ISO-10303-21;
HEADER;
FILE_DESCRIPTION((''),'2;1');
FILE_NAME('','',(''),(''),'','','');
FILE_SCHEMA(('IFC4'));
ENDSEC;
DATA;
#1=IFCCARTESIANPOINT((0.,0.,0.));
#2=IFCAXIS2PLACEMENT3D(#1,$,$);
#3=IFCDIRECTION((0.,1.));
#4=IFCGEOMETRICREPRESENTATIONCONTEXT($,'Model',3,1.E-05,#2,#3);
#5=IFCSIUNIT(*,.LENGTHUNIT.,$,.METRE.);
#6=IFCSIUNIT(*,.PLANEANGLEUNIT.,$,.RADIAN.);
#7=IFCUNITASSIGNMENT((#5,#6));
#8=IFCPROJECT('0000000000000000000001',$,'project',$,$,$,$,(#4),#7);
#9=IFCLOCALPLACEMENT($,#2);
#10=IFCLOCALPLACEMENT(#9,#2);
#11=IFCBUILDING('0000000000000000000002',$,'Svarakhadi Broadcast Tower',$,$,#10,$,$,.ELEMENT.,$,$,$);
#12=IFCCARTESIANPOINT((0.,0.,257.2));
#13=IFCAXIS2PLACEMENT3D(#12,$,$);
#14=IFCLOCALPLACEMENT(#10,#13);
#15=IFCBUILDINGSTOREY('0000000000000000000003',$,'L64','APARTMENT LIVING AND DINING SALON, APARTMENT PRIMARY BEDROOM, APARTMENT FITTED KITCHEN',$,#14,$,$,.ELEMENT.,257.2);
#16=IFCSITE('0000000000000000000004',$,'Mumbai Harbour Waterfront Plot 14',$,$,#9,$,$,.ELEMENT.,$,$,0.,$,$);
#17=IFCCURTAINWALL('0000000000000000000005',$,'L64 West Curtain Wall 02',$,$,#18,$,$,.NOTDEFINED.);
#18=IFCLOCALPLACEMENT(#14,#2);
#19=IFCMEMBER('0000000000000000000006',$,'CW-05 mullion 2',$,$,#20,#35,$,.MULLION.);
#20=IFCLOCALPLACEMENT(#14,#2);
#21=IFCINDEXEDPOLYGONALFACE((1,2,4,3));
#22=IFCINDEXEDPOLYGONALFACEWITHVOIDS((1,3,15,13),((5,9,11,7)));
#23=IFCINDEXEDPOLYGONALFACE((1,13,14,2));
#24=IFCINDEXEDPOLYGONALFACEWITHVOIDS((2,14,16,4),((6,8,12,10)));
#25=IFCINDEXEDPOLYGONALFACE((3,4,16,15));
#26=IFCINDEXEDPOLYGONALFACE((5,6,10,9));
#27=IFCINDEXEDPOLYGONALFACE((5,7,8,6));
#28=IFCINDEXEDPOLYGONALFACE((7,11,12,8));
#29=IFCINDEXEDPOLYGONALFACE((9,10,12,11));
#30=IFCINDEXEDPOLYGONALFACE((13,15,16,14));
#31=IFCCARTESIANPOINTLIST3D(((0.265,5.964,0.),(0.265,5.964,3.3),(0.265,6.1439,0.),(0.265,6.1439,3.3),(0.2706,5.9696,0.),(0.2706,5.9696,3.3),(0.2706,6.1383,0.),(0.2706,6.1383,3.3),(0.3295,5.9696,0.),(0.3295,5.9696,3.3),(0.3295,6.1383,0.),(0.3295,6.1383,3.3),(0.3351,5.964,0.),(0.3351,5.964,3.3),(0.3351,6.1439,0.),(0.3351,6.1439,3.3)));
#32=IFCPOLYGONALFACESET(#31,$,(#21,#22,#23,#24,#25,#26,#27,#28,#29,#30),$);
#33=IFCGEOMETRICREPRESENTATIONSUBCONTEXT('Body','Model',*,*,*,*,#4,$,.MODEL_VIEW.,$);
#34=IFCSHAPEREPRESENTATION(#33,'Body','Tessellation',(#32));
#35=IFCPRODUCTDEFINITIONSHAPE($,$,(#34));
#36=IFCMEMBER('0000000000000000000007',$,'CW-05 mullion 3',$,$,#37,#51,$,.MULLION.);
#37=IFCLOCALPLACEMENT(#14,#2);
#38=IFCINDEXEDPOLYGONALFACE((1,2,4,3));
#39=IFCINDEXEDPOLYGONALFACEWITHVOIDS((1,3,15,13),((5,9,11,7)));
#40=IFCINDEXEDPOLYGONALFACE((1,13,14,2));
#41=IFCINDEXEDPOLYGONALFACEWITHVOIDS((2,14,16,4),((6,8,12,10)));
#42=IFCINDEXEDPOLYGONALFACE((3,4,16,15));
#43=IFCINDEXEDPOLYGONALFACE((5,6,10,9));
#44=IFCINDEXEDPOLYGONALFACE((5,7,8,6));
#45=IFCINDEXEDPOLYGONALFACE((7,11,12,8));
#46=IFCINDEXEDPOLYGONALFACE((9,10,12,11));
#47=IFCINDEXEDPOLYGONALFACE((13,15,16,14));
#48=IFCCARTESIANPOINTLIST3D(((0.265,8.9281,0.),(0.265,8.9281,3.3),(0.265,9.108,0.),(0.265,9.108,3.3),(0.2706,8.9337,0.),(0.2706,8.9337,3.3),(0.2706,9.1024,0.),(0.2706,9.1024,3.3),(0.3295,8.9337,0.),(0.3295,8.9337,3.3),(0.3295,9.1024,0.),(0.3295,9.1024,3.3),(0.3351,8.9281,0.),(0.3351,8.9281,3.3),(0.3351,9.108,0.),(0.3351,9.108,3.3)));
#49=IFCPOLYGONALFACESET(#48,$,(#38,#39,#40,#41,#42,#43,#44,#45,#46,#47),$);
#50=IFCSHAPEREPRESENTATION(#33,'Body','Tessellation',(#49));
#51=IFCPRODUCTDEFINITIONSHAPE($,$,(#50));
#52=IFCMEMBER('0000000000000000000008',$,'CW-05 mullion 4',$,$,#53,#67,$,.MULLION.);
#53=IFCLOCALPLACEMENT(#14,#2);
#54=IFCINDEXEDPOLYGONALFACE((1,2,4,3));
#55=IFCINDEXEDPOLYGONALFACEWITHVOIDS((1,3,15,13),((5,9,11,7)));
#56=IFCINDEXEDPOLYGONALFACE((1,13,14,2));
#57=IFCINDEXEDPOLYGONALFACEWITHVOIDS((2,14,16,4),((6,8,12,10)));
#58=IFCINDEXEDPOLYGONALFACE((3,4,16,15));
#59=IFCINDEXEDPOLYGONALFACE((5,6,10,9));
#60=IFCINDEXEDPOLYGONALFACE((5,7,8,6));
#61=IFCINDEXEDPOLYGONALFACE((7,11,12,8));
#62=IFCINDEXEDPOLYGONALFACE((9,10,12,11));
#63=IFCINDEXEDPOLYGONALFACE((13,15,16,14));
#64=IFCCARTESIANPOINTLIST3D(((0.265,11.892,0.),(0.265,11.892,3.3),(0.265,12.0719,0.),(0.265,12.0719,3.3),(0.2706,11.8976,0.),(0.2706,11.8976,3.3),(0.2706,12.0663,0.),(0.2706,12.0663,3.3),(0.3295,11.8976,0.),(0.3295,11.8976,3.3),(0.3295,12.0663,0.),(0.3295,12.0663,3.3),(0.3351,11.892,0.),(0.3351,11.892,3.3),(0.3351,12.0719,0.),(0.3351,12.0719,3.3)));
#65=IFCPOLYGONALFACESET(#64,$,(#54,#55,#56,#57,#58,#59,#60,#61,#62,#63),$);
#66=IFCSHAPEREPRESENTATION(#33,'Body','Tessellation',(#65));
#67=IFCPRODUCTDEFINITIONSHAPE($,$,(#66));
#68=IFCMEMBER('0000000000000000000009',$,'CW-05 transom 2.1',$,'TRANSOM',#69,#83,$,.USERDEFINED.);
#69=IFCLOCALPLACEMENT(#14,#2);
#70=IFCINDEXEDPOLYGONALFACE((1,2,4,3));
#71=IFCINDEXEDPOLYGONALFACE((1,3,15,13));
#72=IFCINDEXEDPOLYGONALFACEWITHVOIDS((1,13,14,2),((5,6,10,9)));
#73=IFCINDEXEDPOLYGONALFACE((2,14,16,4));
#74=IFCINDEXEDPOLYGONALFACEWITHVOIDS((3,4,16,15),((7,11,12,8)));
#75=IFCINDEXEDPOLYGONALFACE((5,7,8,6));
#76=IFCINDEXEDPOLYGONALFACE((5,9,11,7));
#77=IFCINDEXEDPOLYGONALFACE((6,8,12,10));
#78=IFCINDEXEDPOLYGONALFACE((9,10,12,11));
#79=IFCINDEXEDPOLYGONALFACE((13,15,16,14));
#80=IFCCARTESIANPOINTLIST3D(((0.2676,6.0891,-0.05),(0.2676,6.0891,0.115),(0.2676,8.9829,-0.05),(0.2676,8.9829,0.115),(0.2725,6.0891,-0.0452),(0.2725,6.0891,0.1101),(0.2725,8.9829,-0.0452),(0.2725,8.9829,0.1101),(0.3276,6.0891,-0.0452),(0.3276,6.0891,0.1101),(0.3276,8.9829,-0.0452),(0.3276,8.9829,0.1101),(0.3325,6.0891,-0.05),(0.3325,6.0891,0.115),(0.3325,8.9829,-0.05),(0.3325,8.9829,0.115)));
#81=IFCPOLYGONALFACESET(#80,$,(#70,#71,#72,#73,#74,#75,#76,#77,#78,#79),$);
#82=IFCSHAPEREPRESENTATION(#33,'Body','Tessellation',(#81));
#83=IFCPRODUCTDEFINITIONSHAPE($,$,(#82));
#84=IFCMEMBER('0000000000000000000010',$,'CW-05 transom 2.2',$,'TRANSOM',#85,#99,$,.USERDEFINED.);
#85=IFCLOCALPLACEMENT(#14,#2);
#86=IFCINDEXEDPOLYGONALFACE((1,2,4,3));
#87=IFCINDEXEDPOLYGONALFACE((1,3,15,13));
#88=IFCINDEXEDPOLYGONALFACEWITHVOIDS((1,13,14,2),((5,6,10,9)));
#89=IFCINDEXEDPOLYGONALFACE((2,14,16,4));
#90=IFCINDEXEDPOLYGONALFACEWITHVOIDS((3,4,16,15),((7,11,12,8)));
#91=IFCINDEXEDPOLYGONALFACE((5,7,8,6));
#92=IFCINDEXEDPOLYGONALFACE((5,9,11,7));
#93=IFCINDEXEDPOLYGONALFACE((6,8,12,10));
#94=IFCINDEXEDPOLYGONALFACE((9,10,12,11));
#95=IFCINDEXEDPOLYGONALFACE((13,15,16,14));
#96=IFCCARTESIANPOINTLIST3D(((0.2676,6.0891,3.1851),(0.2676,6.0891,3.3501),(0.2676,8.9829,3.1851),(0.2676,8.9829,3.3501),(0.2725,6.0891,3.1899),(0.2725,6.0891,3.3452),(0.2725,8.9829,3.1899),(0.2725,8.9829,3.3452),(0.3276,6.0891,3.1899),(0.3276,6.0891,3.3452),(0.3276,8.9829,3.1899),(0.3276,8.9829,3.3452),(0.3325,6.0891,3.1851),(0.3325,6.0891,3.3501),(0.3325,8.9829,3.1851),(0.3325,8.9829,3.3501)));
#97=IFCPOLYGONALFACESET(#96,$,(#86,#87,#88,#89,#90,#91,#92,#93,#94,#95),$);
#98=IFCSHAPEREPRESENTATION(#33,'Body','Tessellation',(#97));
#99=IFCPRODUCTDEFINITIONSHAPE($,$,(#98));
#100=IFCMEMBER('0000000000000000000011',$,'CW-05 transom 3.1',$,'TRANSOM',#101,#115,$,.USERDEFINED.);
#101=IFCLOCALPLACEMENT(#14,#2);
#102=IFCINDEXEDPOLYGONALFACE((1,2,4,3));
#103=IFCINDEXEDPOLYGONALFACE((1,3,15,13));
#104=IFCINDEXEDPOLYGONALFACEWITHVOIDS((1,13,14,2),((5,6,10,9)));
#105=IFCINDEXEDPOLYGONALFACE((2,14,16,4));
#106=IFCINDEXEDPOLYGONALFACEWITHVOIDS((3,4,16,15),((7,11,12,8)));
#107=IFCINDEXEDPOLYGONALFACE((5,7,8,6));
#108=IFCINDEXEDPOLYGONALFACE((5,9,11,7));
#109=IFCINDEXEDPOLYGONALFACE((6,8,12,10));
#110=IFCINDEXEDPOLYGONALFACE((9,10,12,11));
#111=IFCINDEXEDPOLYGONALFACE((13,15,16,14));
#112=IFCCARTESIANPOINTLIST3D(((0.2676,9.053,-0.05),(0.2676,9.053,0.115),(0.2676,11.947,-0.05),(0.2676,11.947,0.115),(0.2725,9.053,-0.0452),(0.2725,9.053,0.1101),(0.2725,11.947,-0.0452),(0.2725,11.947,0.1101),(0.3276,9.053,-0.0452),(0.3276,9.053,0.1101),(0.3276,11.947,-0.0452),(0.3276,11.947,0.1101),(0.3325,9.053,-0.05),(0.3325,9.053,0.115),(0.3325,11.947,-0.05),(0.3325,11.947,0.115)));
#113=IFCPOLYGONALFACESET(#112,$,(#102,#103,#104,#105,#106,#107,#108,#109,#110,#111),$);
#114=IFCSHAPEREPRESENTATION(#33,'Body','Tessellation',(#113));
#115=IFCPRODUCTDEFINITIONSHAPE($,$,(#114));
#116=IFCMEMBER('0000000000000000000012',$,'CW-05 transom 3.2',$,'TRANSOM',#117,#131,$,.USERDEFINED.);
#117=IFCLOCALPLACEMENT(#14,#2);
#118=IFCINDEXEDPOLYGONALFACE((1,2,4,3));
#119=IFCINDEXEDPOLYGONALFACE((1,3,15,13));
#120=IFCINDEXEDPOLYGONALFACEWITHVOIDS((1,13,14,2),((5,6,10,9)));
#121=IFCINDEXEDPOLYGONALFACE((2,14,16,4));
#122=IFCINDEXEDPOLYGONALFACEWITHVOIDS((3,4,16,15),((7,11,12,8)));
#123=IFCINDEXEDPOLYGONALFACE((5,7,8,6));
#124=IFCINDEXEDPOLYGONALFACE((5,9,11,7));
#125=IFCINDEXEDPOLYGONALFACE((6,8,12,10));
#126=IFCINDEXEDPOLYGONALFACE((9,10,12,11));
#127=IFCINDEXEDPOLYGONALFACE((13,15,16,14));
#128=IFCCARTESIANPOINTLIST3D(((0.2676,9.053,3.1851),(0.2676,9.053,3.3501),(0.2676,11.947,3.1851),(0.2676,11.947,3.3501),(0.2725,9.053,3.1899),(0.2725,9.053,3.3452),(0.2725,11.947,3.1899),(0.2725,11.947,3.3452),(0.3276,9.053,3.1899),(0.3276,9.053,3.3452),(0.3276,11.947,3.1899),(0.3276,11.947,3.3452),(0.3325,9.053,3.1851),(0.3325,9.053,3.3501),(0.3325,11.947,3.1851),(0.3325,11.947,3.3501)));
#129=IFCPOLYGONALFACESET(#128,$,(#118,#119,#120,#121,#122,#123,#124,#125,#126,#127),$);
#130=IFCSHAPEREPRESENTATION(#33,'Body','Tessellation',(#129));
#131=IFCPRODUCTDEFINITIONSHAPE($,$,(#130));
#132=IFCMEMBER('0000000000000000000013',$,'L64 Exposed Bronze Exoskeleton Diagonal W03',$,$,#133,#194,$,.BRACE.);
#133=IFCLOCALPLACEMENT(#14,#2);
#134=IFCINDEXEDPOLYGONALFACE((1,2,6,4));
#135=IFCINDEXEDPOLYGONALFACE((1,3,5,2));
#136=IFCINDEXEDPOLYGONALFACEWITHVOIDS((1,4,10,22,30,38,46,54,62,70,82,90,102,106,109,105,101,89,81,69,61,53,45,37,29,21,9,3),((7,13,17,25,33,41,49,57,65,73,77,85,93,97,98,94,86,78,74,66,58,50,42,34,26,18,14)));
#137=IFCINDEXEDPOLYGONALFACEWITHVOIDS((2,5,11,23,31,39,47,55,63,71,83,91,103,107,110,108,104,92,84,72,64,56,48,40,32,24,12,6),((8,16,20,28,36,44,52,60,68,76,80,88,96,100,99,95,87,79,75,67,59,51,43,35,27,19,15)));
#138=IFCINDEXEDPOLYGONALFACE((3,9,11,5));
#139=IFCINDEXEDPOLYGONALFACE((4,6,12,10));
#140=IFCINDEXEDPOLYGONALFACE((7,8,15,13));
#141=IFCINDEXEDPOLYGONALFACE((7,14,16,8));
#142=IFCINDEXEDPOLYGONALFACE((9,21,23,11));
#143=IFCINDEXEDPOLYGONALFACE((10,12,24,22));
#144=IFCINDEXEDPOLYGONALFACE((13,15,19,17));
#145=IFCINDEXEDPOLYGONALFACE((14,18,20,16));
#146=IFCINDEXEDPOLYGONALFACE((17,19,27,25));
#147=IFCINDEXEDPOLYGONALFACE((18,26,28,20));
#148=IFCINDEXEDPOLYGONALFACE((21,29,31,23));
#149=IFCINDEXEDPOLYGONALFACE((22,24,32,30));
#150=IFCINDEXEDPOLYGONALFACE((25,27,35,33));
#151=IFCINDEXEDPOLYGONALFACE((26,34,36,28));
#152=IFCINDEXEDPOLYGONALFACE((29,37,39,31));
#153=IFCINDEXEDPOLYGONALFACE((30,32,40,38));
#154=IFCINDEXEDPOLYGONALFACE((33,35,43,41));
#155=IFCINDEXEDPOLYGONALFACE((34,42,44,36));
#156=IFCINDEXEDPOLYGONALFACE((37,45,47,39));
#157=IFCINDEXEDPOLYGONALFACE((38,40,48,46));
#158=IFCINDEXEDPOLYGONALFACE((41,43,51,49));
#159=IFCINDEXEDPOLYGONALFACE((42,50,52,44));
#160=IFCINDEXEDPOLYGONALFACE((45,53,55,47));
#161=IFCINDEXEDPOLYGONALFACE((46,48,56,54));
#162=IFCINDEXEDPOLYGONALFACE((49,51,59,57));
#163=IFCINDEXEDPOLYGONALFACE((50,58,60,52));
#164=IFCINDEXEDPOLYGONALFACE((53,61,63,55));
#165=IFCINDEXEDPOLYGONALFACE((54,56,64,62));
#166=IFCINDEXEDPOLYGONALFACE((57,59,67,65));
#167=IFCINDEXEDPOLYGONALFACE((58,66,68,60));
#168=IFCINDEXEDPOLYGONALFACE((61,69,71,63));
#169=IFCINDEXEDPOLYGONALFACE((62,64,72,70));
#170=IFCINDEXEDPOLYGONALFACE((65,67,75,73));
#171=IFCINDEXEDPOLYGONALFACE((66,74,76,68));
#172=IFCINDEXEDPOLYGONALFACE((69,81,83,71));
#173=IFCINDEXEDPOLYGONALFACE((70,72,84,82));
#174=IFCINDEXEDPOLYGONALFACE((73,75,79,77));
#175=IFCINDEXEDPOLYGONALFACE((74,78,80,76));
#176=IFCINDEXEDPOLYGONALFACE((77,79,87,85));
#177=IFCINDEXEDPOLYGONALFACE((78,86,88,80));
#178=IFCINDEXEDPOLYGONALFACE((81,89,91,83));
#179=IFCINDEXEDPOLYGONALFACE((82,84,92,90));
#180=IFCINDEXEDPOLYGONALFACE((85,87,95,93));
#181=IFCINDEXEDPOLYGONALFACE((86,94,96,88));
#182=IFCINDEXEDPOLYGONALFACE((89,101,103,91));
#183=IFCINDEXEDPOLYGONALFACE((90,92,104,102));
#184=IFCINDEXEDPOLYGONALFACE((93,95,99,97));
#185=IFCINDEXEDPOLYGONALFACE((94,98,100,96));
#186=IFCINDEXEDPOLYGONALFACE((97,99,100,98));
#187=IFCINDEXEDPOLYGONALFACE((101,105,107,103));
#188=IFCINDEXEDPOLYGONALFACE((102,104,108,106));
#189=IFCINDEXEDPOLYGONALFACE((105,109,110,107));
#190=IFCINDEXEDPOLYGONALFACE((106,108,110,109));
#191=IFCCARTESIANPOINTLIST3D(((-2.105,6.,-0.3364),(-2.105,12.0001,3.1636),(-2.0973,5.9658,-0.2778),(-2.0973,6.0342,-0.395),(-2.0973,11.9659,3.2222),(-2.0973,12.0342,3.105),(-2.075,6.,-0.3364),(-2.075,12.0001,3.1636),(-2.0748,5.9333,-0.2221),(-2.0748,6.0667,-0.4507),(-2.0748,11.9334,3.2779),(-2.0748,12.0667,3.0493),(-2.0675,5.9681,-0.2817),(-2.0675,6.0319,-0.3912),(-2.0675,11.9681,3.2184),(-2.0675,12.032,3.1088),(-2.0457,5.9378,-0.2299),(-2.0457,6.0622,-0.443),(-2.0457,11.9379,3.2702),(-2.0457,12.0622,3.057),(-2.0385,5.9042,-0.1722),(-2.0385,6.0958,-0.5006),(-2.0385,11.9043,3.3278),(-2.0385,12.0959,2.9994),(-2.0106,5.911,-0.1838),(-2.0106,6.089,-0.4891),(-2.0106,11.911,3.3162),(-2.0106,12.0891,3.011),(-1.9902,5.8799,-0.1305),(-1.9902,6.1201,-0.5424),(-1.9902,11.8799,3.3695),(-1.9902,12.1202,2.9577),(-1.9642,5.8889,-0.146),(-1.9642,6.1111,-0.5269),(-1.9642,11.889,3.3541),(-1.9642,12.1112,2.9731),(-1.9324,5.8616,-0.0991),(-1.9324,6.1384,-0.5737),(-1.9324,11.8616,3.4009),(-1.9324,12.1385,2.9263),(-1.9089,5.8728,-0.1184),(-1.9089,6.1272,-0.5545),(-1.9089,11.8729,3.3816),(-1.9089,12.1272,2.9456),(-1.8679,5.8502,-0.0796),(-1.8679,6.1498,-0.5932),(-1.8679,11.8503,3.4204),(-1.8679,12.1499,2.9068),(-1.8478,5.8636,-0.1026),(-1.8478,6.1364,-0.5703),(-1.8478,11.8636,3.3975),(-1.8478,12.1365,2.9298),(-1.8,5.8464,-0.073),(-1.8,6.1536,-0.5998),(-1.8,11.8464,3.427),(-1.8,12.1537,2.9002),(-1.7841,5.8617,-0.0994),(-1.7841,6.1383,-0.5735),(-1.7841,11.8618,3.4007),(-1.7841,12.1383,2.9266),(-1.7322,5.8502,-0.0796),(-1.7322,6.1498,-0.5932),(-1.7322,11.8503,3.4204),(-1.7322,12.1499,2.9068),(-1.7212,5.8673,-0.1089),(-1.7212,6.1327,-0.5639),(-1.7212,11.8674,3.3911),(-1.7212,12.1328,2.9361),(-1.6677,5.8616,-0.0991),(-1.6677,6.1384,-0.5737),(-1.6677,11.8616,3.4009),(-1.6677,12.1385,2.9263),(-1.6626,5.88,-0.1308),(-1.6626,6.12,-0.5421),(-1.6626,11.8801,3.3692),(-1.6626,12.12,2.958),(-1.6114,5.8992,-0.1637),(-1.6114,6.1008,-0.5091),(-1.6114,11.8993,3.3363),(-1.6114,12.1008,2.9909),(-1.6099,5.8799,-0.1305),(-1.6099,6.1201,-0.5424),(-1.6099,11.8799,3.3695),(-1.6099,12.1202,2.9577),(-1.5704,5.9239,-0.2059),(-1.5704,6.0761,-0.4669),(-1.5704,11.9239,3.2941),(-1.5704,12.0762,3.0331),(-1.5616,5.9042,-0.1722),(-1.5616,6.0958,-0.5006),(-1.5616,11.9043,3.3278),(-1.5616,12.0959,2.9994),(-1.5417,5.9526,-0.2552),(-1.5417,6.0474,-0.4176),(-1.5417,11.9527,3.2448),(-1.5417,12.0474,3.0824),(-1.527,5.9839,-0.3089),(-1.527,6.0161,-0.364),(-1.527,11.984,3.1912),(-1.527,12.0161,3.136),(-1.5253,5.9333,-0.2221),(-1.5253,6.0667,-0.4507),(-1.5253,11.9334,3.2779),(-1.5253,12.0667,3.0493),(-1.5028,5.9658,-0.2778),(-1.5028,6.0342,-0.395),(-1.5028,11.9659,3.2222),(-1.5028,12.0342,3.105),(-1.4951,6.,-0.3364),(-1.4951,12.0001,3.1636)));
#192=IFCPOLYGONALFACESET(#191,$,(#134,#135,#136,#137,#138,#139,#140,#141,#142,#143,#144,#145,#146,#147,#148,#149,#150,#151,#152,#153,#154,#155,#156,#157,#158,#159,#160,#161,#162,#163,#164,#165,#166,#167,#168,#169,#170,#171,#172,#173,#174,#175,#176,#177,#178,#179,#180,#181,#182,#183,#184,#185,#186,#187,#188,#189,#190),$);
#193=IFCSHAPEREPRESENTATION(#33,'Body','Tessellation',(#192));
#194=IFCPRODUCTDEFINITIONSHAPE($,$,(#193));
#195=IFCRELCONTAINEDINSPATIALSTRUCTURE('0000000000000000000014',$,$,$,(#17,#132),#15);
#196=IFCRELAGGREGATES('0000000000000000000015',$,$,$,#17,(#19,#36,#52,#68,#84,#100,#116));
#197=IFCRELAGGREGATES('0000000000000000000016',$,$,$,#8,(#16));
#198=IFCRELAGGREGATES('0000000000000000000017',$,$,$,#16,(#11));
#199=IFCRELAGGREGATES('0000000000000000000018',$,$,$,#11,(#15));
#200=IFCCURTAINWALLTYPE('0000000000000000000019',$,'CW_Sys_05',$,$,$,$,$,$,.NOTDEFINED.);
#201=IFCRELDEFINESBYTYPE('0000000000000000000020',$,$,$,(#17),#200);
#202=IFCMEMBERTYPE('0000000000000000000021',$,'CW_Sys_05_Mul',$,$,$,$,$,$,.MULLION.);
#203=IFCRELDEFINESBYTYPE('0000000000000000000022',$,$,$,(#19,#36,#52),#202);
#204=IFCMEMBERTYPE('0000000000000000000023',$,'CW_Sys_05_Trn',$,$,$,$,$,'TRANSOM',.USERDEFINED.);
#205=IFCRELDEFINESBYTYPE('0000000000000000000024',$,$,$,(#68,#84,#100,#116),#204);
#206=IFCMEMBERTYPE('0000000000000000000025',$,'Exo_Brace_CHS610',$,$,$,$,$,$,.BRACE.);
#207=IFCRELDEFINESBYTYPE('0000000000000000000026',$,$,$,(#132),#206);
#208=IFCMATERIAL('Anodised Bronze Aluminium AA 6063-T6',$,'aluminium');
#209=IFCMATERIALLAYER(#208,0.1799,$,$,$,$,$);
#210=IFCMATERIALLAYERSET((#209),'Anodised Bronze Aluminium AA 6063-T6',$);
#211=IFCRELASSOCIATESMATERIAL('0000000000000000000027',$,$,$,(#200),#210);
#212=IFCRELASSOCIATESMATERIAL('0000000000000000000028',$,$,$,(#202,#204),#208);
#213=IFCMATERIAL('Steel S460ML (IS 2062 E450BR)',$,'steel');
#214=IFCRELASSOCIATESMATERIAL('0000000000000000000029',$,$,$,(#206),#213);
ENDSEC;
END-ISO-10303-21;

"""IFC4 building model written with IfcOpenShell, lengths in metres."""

from ifc_helpers import new_model, si_unit, direction, frame, origin, origin_2d, place, context, subcontext, project, spatial, hollow_rectangle, hollow_circle, extrude, material, layer, layer_set, material_profile, profile_set, type_object, element, aggregate, save


model = new_model("IFC4")

# Units and contexts
model_context = context("Model", 3, precision=1e-05, world=origin(), true_north=direction((0.0, 1.0)))
body_context = subcontext(model_context, "Body", "Model", "MODEL_VIEW")
ifc_project = project(units=[si_unit("LENGTHUNIT", "METRE"), si_unit("PLANEANGLEUNIT", "RADIAN")], contexts=[model_context])

# Site, building, storey
site_placement = place(None, origin())
site = spatial("IfcSite", under=ifc_project, at=site_placement, Name="Mumbai Harbour Waterfront Plot 14", CompositionType="ELEMENT", RefElevation=0.0)
building_placement = place(site_placement, origin())
building = spatial("IfcBuilding", under=site, at=building_placement, Name="Svarakhadi Broadcast Tower", CompositionType="ELEMENT")
storey_placement = place(building_placement, frame((0.0, 0.0, 257.2)))
storey = spatial("IfcBuildingStorey", under=building, at=storey_placement, Name="L64", Description="APARTMENT LIVING AND DINING SALON, APARTMENT PRIMARY BEDROOM, APARTMENT FITTED KITCHEN", CompositionType="ELEMENT", Elevation=257.2)

# Shared definitions
ifc_material_1 = material(Name="Steel S460ML (IS 2062 E450BR)", Category="steel")

# Curtain wall, members
ifc_material_2 = material(Name="Anodised Bronze Aluminium AA 6063-T6", Category="aluminium")
ifc_layer_1 = layer(ifc_material_2, 0.1799)
ifc_layer_set_1 = layer_set([ifc_layer_1], Name="Anodised Bronze Aluminium AA 6063-T6")
curtain_wall_type = type_object("IfcCurtainWallType", Name="CW_Sys_05", PredefinedType="NOTDEFINED", material=ifc_layer_set_1)
curtain_wall_placement = place(storey_placement, origin())
curtain_wall = element("IfcCurtainWall", 1, at=curtain_wall_placement, inside=storey, type_object=curtain_wall_type, Name="L64 West Curtain Wall 02", PredefinedType="NOTDEFINED")
ifc_material_profile_1 = material_profile(ifc_material_2, hollow_rectangle(XDim=0.0701, YDim=0.1799, WallThickness=0.0056, at=origin_2d()), Name="ALU MULLION 180x70x6")
ifc_profile_set_1 = profile_set([ifc_material_profile_1], Name="Anodised Bronze Aluminium AA 6063-T6")
member_type_1 = type_object("IfcMemberType", Name="CW_Sys_05_Mul", PredefinedType="MULLION", material=ifc_profile_set_1)
member_1_placement = place(storey_placement, frame((0.3, 6.054, 0.0), z_axis=(0.0, 0.0, 1.0), x_axis=(-1.0, 0.0, 0.0)))
member_1 = element("IfcMember", 2, at=member_1_placement, type_object=member_type_1, Name="CW-05 mullion 2", PredefinedType="MULLION", context=body_context, shape_type="SweptSolid", body=[
    extrude(hollow_rectangle(XDim=0.0701, YDim=0.1799, WallThickness=0.0056, at=origin_2d()), origin(), (0.0, 0.0, 1.0), 3.3),
])
member_2_placement = place(storey_placement, frame((0.3, 9.0181, 0.0), z_axis=(0.0, 0.0, 1.0), x_axis=(-1.0, 0.0, 0.0)))
member_2 = element("IfcMember", 3, at=member_2_placement, type_object=member_type_1, Name="CW-05 mullion 3", PredefinedType="MULLION", context=body_context, shape_type="SweptSolid", body=[
    extrude(hollow_rectangle(XDim=0.0701, YDim=0.1799, WallThickness=0.0056, at=origin_2d()), origin(), (0.0, 0.0, 1.0), 3.3),
])
member_3_placement = place(storey_placement, frame((0.3, 11.9819, 0.0), z_axis=(0.0, 0.0, 1.0), x_axis=(-1.0, 0.0, 0.0)))
member_3 = element("IfcMember", 4, at=member_3_placement, type_object=member_type_1, Name="CW-05 mullion 4", PredefinedType="MULLION", context=body_context, shape_type="SweptSolid", body=[
    extrude(hollow_rectangle(XDim=0.0701, YDim=0.1799, WallThickness=0.0056, at=origin_2d()), origin(), (0.0, 0.0, 1.0), 3.3),
])
ifc_material_profile_2 = material_profile(ifc_material_2, hollow_rectangle(XDim=0.0649, YDim=0.165, WallThickness=0.0049, at=origin_2d()), Name="ALU TRANSOM 165x65x5")
ifc_profile_set_2 = profile_set([ifc_material_profile_2], Name="Anodised Bronze Aluminium AA 6063-T6")
member_type_2 = type_object("IfcMemberType", Name="CW_Sys_05_Trn", ElementType="TRANSOM", PredefinedType="USERDEFINED", material=ifc_profile_set_2)
member_4_placement = place(storey_placement, frame((0.3, 6.0891, 0.0325), z_axis=(0.0, 1.0, 0.0), x_axis=(-1.0, 0.0, 0.0)))
member_4 = element("IfcMember", 5, at=member_4_placement, type_object=member_type_2, Name="CW-05 transom 2.1", ObjectType="TRANSOM", PredefinedType="USERDEFINED", context=body_context, shape_type="SweptSolid", body=[
    extrude(hollow_rectangle(XDim=0.0649, YDim=0.165, WallThickness=0.0049, at=origin_2d()), origin(), (0.0, 0.0, 1.0), 2.8938),
])
member_5_placement = place(storey_placement, frame((0.3, 6.0891, 3.2676), z_axis=(0.0, 1.0, 0.0), x_axis=(-1.0, 0.0, 0.0)))
member_5 = element("IfcMember", 6, at=member_5_placement, type_object=member_type_2, Name="CW-05 transom 2.2", ObjectType="TRANSOM", PredefinedType="USERDEFINED", context=body_context, shape_type="SweptSolid", body=[
    extrude(hollow_rectangle(XDim=0.0649, YDim=0.165, WallThickness=0.0049, at=origin_2d()), origin(), (0.0, 0.0, 1.0), 2.8938),
])
member_6_placement = place(storey_placement, frame((0.3, 9.053, 0.0325), z_axis=(0.0, 1.0, 0.0), x_axis=(-1.0, 0.0, 0.0)))
member_6 = element("IfcMember", 7, at=member_6_placement, type_object=member_type_2, Name="CW-05 transom 3.1", ObjectType="TRANSOM", PredefinedType="USERDEFINED", context=body_context, shape_type="SweptSolid", body=[
    extrude(hollow_rectangle(XDim=0.0649, YDim=0.165, WallThickness=0.0049, at=origin_2d()), origin(), (0.0, 0.0, 1.0), 2.894),
])
member_7_placement = place(storey_placement, frame((0.3, 9.053, 3.2676), z_axis=(0.0, 1.0, 0.0), x_axis=(-1.0, 0.0, 0.0)))
member_7 = element("IfcMember", 8, at=member_7_placement, type_object=member_type_2, Name="CW-05 transom 3.2", ObjectType="TRANSOM", PredefinedType="USERDEFINED", context=body_context, shape_type="SweptSolid", body=[
    extrude(hollow_rectangle(XDim=0.0649, YDim=0.165, WallThickness=0.0049, at=origin_2d()), origin(), (0.0, 0.0, 1.0), 2.894),
])

# Member
ifc_material_profile_3 = material_profile(ifc_material_1, hollow_circle(Radius=0.3049, WallThickness=0.03, at=origin_2d()), Name="CHS 610x30")
ifc_profile_set_3 = profile_set([ifc_material_profile_3], Name="Steel S460ML (IS 2062 E450BR)")
member_type_3 = type_object("IfcMemberType", Name="Exo_Brace_CHS610", PredefinedType="BRACE", material=ifc_profile_set_3)
member_8_placement = place(storey_placement, frame((-1.8, 6.0, -0.3364), z_axis=(0.0, 0.863779, 0.503871), x_axis=(-1.0, 0.0, 0.0)))
element("IfcMember", 9, at=member_8_placement, inside=storey, type_object=member_type_3, Name="L64 Exposed Bronze Exoskeleton Diagonal W03", PredefinedType="BRACE", context=body_context, shape_type="SweptSolid", body=[
    extrude(hollow_circle(Radius=0.3049, WallThickness=0.03, at=origin_2d()), origin(), (0.0, 0.0, 1.0), 6.9463),
])

aggregate(curtain_wall, [member_1, member_2, member_3, member_4, member_5, member_6, member_7])

save(model, "model.ifc")
